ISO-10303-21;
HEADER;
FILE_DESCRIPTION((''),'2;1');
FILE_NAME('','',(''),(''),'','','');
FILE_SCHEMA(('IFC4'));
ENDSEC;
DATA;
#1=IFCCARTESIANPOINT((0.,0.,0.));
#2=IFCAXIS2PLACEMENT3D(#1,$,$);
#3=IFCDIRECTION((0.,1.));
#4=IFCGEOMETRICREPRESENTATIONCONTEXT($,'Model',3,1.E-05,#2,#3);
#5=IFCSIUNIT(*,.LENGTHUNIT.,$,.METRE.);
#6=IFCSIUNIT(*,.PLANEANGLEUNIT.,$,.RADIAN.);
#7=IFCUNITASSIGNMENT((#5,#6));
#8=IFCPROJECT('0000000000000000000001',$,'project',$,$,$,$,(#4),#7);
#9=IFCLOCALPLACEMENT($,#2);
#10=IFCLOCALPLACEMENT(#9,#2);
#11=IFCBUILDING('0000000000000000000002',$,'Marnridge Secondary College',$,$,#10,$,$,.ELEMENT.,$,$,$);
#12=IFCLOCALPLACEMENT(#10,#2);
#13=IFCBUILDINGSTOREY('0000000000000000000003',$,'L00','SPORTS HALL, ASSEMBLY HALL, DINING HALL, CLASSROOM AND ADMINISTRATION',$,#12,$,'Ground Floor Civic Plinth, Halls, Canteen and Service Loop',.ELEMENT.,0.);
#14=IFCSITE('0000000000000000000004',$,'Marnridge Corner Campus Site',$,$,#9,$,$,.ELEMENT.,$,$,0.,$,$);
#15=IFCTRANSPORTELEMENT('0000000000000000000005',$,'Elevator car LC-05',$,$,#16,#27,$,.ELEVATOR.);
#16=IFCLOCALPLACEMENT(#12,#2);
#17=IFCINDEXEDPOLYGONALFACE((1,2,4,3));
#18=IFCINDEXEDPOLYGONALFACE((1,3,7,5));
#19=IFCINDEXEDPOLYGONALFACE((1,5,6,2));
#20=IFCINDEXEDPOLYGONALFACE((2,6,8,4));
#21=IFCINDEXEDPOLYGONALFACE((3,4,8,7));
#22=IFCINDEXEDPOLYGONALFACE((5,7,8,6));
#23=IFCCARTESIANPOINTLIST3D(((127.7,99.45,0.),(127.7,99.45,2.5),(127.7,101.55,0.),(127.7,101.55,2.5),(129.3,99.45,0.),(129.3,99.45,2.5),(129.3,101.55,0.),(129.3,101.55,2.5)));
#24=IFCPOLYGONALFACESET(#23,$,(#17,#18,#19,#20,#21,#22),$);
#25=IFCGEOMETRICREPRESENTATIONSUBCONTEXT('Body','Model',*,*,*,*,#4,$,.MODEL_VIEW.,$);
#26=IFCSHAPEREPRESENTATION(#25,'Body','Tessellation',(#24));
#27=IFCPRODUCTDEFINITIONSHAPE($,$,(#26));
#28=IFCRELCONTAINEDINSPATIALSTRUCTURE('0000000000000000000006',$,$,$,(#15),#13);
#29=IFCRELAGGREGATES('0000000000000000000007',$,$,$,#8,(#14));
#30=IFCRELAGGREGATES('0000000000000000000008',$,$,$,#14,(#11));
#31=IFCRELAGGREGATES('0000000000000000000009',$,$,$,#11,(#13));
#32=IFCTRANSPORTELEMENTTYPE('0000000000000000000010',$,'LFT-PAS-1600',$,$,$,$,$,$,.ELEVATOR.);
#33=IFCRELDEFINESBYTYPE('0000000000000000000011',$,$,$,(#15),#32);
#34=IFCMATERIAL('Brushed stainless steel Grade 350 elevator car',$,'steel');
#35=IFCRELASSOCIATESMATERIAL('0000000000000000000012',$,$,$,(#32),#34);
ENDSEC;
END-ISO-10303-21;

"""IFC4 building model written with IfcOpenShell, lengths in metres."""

from ifc_helpers import new_model, si_unit, direction, frame, origin, origin_2d, place, context, subcontext, project, spatial, rectangle, extrude, material, type_object, element, save


model = new_model("IFC4")

# Units and contexts
model_context = context("Model", 3, precision=1e-05, world=origin(), true_north=direction((0.0, 1.0)))
body_context = subcontext(model_context, "Body", "Model", "MODEL_VIEW")
ifc_project = project(units=[si_unit("LENGTHUNIT", "METRE"), si_unit("PLANEANGLEUNIT", "RADIAN")], contexts=[model_context])

# Site, building, storey
site_placement = place(None, origin())
site = spatial("IfcSite", under=ifc_project, at=site_placement, Name="Marnridge Corner Campus Site", CompositionType="ELEMENT", RefElevation=0.0)
building_placement = place(site_placement, origin())
building = spatial("IfcBuilding", under=site, at=building_placement, Name="Marnridge Secondary College", CompositionType="ELEMENT")
storey_placement = place(building_placement, origin())
storey = spatial("IfcBuildingStorey", under=building, at=storey_placement, Name="L00", Description="SPORTS HALL, ASSEMBLY HALL, DINING HALL, CLASSROOM AND ADMINISTRATION", LongName="Ground Floor Civic Plinth, Halls, Canteen and Service Loop", CompositionType="ELEMENT", Elevation=0.0)

# Transport element
ifc_material_1 = material(Name="Brushed stainless steel Grade 350 elevator car", Category="steel")
transport_element_type = type_object("IfcTransportElementType", Name="LFT-PAS-1600", PredefinedType="ELEVATOR", material=ifc_material_1)
transport_element_placement = place(storey_placement, frame((128.5, 100.5, 0.0), z_axis=(0.0, 0.0, 1.0), x_axis=(1.0, 0.0, 0.0)))
element("IfcTransportElement", 1, at=transport_element_placement, inside=storey, type_object=transport_element_type, Name="Elevator car LC-05", PredefinedType="ELEVATOR", context=body_context, shape_type="SweptSolid", body=[
    extrude(rectangle(XDim=1.6001, YDim=2.1001, at=origin_2d()), origin(), (0.0, 0.0, 1.0), 2.5),
])

save(model, "model.ifc")
